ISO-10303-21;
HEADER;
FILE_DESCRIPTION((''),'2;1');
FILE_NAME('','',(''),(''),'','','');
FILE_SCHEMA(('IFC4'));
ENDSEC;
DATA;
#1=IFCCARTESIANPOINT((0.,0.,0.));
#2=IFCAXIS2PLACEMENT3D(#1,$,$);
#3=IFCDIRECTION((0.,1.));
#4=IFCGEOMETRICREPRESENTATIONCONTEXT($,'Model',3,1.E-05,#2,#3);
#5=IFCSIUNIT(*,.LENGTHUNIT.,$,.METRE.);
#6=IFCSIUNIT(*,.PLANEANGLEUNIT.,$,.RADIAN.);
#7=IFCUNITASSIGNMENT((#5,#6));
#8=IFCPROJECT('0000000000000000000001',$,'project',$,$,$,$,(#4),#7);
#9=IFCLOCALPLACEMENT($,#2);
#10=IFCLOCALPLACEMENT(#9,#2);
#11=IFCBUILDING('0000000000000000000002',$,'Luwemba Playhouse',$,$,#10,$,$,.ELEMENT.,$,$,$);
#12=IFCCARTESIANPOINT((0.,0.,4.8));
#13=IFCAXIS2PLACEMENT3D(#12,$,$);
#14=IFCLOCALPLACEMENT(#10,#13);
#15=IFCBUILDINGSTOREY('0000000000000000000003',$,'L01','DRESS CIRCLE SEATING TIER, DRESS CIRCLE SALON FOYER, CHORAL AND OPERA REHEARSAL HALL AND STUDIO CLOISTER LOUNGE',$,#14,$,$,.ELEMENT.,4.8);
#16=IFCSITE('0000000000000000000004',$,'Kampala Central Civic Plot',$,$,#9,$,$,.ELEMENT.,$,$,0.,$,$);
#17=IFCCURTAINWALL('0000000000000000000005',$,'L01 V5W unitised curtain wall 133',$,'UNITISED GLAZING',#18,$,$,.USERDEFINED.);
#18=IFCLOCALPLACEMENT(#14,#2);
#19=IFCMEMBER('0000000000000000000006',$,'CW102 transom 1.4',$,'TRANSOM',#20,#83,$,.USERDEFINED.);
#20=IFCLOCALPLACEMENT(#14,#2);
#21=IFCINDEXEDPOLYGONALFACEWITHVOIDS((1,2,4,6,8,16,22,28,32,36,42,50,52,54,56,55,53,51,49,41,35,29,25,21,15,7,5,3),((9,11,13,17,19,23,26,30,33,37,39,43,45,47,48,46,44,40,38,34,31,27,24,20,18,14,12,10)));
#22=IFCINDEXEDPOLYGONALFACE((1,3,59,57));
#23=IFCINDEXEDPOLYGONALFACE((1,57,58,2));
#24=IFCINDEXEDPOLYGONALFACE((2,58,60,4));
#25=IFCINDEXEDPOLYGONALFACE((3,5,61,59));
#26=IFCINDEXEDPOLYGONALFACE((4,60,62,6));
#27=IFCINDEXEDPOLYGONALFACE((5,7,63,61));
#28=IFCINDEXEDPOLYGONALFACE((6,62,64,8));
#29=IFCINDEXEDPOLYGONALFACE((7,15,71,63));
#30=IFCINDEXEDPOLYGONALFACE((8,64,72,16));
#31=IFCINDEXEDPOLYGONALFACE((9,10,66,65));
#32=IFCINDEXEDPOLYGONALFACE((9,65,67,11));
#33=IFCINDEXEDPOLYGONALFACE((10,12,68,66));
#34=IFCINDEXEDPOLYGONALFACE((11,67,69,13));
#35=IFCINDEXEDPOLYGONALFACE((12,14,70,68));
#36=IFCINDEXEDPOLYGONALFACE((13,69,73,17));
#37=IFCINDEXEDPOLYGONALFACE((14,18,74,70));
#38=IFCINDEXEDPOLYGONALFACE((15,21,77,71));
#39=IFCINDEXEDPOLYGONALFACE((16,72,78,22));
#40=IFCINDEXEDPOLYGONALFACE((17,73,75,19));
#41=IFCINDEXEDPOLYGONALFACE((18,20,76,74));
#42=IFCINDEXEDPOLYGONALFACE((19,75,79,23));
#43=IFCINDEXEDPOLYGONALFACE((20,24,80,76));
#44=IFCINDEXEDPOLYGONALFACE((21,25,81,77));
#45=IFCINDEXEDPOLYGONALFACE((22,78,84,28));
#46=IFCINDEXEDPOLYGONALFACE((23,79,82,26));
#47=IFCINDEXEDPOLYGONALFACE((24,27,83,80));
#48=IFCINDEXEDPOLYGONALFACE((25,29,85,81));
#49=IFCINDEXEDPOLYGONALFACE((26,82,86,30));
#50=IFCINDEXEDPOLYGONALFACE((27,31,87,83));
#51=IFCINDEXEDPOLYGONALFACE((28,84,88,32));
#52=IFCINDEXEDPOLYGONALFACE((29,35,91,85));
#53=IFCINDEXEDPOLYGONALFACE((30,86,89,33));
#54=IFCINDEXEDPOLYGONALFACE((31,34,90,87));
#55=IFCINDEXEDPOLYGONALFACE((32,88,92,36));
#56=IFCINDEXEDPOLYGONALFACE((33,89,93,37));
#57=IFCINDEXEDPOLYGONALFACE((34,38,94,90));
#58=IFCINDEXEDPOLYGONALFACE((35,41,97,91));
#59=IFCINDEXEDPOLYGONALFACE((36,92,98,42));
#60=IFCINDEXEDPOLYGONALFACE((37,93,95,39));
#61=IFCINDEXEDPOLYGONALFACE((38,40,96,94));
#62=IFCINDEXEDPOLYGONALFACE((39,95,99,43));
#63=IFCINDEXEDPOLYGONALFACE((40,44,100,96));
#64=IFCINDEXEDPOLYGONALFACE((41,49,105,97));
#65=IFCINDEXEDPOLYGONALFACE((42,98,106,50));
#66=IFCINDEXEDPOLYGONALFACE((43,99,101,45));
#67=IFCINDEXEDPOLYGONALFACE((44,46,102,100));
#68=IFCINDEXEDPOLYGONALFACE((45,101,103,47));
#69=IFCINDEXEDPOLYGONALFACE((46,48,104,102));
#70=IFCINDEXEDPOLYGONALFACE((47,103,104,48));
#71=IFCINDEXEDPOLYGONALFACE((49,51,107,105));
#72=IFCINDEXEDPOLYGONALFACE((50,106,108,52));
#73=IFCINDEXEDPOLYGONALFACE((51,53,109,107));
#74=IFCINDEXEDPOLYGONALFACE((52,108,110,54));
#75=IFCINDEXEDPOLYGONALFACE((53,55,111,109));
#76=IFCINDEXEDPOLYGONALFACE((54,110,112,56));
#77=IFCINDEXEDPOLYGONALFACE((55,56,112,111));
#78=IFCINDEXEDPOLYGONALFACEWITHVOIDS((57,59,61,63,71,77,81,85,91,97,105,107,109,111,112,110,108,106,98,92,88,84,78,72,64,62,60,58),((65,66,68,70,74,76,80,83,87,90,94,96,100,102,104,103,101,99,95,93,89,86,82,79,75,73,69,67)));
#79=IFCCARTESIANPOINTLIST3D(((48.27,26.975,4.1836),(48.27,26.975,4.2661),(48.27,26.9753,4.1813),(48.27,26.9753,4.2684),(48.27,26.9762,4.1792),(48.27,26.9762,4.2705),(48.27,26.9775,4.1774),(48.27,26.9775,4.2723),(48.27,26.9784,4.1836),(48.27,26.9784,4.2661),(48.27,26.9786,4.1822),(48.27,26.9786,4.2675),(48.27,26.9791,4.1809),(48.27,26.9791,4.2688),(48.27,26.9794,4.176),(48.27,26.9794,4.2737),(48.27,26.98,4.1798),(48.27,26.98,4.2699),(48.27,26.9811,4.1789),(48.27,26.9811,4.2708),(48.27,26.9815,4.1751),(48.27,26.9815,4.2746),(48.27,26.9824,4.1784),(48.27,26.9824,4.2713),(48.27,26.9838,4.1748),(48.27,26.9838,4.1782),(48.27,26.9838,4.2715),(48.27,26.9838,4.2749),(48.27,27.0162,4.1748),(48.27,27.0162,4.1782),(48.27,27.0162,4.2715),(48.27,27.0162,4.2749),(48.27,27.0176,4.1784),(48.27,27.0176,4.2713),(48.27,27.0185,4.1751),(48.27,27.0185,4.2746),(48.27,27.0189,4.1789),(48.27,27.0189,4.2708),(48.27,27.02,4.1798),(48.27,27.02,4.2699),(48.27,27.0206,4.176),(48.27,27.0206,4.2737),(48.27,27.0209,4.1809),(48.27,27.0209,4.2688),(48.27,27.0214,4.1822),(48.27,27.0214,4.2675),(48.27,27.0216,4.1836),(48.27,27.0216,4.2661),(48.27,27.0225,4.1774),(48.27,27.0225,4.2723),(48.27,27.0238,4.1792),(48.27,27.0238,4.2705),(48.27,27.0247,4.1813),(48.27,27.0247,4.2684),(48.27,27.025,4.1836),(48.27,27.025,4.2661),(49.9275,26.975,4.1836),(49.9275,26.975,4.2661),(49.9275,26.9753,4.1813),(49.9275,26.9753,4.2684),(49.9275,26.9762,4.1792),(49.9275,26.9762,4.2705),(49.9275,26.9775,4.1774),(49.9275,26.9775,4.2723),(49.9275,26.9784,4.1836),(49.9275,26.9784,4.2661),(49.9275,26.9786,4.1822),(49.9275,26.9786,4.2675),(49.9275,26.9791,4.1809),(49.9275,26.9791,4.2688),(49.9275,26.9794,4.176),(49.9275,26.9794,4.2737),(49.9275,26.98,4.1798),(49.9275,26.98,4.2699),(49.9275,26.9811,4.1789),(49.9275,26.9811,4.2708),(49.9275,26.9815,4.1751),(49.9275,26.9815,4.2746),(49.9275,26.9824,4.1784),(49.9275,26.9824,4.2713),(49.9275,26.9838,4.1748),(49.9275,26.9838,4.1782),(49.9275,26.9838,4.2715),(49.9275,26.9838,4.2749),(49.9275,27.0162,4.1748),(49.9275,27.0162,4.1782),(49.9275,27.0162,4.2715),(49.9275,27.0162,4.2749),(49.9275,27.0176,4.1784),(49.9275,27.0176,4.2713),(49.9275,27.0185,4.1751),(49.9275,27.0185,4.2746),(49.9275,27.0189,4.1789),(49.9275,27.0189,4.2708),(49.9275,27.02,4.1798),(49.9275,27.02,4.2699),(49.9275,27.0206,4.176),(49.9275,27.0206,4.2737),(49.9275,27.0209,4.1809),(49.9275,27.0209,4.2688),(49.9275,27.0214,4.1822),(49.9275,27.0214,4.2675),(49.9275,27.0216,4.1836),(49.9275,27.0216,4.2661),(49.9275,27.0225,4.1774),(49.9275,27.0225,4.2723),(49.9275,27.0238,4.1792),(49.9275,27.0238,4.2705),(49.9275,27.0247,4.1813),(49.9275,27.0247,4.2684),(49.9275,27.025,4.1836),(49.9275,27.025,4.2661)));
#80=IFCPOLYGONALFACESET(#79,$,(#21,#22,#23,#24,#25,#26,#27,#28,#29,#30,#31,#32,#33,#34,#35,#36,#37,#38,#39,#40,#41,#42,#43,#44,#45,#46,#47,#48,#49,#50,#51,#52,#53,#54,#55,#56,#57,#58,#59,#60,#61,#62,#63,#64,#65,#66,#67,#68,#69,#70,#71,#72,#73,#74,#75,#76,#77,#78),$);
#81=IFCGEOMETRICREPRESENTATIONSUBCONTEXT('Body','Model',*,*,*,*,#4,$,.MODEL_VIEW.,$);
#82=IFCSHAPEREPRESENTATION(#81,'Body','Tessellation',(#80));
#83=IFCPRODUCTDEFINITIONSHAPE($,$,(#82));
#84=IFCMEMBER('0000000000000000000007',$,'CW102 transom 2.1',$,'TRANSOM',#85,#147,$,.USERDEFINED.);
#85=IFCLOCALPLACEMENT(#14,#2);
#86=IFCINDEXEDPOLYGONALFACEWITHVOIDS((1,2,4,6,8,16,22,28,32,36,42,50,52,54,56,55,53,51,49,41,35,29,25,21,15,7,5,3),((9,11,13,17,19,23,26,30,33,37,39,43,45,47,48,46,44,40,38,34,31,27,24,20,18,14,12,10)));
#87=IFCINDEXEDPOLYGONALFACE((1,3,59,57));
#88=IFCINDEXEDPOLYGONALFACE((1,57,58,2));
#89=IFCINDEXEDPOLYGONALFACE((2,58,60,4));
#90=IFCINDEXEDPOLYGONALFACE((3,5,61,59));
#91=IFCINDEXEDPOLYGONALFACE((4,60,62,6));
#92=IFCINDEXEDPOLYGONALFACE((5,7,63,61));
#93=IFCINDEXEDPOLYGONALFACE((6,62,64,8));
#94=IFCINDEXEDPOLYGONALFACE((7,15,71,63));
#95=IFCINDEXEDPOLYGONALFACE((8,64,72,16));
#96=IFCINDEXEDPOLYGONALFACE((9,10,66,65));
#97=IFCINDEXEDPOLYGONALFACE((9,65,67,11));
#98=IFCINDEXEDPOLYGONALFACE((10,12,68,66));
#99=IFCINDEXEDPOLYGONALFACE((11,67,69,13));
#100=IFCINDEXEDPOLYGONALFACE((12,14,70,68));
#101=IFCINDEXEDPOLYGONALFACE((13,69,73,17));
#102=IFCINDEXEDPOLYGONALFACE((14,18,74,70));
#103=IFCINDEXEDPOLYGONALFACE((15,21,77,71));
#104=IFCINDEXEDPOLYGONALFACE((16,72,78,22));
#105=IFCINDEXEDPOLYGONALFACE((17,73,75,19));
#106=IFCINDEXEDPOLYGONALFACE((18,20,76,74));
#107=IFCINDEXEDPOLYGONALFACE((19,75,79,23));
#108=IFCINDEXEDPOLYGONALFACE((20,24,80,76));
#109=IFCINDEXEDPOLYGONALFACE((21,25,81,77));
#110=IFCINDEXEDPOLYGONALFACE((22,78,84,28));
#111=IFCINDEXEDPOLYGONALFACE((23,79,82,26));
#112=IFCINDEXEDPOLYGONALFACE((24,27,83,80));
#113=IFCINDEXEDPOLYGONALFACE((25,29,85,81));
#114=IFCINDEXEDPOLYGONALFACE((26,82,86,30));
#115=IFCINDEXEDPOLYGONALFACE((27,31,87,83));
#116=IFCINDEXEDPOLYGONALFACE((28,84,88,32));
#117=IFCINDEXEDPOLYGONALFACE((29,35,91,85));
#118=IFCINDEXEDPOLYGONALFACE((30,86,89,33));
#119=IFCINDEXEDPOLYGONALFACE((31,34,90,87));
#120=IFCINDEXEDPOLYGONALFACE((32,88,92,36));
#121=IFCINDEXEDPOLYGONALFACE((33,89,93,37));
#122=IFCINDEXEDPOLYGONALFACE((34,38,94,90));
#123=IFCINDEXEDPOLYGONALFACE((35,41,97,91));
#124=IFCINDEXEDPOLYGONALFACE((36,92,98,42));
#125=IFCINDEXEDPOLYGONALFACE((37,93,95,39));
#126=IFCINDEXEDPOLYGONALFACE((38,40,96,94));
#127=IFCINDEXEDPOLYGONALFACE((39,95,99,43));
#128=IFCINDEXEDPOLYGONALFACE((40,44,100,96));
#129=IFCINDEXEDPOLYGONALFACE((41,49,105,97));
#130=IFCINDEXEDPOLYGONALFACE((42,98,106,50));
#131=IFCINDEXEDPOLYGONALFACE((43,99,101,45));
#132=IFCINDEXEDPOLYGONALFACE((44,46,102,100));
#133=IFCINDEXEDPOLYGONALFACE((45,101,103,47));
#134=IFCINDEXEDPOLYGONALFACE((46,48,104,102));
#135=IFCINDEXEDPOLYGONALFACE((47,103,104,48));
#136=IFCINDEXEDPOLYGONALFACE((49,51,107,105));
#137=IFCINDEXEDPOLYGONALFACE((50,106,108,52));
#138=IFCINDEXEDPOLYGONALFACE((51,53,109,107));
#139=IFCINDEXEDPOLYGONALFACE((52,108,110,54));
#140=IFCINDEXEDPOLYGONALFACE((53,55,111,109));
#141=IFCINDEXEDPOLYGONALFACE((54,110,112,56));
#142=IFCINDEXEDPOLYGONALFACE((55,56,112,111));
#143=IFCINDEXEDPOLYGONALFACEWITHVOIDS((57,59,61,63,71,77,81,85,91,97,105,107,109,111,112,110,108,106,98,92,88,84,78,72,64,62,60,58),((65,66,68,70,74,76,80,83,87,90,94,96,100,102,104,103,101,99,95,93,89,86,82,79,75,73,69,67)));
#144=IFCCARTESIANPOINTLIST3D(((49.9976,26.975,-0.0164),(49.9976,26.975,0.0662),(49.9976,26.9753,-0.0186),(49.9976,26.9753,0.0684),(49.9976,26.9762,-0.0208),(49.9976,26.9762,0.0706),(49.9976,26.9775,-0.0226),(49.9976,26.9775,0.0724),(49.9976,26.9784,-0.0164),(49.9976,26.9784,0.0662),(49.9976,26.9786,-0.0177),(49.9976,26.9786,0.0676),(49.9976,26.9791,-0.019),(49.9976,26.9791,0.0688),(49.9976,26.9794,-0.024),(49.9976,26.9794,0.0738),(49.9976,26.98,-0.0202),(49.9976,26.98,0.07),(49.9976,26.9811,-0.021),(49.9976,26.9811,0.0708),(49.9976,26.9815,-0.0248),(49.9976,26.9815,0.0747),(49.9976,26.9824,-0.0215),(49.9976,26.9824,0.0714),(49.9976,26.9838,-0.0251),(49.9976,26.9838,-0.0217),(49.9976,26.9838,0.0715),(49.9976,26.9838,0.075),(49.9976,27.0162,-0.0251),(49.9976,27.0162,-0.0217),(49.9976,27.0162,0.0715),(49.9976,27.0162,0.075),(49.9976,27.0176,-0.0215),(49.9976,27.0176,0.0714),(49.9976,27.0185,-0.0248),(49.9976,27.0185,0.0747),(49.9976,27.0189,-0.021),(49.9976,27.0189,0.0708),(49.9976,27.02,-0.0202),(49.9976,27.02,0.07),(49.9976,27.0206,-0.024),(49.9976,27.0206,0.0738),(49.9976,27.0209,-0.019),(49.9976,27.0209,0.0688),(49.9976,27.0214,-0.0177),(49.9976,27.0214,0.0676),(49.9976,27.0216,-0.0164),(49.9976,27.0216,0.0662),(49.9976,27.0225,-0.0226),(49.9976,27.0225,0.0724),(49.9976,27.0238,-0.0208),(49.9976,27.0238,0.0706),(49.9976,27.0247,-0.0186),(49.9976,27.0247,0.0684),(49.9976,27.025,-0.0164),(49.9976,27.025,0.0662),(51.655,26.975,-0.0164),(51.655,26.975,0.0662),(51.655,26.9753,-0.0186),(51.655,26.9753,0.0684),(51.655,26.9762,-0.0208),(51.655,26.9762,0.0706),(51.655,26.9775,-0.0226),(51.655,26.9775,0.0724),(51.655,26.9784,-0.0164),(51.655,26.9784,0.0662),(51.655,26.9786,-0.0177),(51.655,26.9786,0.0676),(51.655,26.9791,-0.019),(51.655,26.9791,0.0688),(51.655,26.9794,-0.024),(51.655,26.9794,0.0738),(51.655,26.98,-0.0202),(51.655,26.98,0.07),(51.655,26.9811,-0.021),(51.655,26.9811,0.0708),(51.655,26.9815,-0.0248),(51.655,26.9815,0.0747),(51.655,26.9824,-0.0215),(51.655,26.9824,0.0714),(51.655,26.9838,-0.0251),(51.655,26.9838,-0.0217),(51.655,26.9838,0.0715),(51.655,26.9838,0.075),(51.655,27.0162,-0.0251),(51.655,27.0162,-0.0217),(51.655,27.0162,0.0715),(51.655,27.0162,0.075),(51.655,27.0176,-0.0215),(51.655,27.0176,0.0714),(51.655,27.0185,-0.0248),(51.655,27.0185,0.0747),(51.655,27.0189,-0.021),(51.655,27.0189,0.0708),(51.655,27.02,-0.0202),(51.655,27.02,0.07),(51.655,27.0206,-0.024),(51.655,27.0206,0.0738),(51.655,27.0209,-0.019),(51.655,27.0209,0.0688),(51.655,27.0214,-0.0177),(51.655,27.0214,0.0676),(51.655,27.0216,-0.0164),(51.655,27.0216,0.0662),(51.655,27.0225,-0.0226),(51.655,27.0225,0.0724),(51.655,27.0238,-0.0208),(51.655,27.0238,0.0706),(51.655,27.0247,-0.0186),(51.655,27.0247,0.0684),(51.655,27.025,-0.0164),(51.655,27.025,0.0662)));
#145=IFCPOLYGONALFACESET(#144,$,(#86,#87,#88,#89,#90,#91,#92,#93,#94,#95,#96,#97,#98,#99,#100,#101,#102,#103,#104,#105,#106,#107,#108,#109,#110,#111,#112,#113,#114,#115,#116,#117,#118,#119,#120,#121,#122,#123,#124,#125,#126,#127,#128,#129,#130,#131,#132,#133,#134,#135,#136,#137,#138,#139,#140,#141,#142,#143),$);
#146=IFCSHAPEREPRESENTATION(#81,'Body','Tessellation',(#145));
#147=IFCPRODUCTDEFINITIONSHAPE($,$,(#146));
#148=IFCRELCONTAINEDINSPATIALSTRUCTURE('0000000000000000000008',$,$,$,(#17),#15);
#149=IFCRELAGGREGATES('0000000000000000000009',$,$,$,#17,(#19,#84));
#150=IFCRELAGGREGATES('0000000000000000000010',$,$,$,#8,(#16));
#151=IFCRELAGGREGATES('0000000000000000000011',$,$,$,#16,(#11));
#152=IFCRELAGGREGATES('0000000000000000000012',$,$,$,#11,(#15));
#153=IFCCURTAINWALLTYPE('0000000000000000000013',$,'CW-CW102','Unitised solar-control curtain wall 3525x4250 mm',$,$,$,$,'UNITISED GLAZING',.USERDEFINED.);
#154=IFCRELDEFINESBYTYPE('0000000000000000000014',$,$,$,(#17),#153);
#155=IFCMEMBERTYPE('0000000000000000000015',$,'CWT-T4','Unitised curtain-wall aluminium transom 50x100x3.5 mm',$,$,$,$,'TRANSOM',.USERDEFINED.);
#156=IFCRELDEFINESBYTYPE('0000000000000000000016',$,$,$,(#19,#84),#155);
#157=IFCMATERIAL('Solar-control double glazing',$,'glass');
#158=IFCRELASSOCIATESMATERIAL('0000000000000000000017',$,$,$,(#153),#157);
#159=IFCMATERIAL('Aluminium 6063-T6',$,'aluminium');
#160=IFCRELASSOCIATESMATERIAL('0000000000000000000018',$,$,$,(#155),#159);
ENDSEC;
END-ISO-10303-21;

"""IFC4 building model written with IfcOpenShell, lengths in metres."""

from ifc_helpers import new_model, si_unit, direction, frame, origin, origin_2d, place, context, subcontext, project, spatial, hollow_rectangle, extrude, material, material_profile, profile_set, type_object, element, aggregate, save


model = new_model("IFC4")

# Units and contexts
model_context = context("Model", 3, precision=1e-05, world=origin(), true_north=direction((0.0, 1.0)))
body_context = subcontext(model_context, "Body", "Model", "MODEL_VIEW")
ifc_project = project(units=[si_unit("LENGTHUNIT", "METRE"), si_unit("PLANEANGLEUNIT", "RADIAN")], contexts=[model_context])

# Site, building, storey
site_placement = place(None, origin())
site = spatial("IfcSite", under=ifc_project, at=site_placement, Name="Kampala Central Civic Plot", CompositionType="ELEMENT", RefElevation=0.0)
building_placement = place(site_placement, origin())
building = spatial("IfcBuilding", under=site, at=building_placement, Name="Luwemba Playhouse", CompositionType="ELEMENT")
storey_placement = place(building_placement, frame((0.0, 0.0, 4.8)))
storey = spatial("IfcBuildingStorey", under=building, at=storey_placement, Name="L01", Description="DRESS CIRCLE SEATING TIER, DRESS CIRCLE SALON FOYER, CHORAL AND OPERA REHEARSAL HALL AND STUDIO CLOISTER LOUNGE", CompositionType="ELEMENT", Elevation=4.8)

# Shared definitions
ifc_material_1 = material(Name="Solar-control double glazing", Category="glass")
ifc_material_2 = material(Name="Aluminium 6063-T6", Category="aluminium")

# Curtain wall
curtain_wall_type_1 = type_object("IfcCurtainWallType", Name="CW-CW102", Description="Unitised solar-control curtain wall 3525x4250 mm", ElementType="UNITISED GLAZING", PredefinedType="USERDEFINED", material=ifc_material_1)
curtain_wall_1_placement = place(storey_placement, origin())
curtain_wall_1 = element("IfcCurtainWall", 1, at=curtain_wall_1_placement, inside=storey, type_object=curtain_wall_type_1, Name="L01 V5W unitised curtain wall 133", ObjectType="UNITISED GLAZING", PredefinedType="USERDEFINED")

# Members
ifc_material_profile_1 = material_profile(ifc_material_2, hollow_rectangle(XDim=0.05, YDim=0.1001, WallThickness=0.0034, InnerFilletRadius=0.0054, OuterFilletRadius=0.0088, at=origin_2d()))
ifc_profile_set_1 = profile_set([ifc_material_profile_1], Name="Aluminium 6063-T6")
member_type_1 = type_object("IfcMemberType", Name="CWT-T4", Description="Unitised curtain-wall aluminium transom 50x100x3.5 mm", ElementType="TRANSOM", PredefinedType="USERDEFINED", material=ifc_profile_set_1)
member_1_placement = place(storey_placement, frame((48.27, 27.0, 4.2249), z_axis=(1.0, 0.0, 0.0), x_axis=(0.0, 1.0, 0.0)))
member_1 = element("IfcMember", 2, at=member_1_placement, type_object=member_type_1, Name="CW102 transom 1.4", ObjectType="TRANSOM", PredefinedType="USERDEFINED", context=body_context, shape_type="SweptSolid", body=[
    extrude(hollow_rectangle(XDim=0.05, YDim=0.1001, WallThickness=0.0034, InnerFilletRadius=0.0054, OuterFilletRadius=0.0088, at=origin_2d()), origin(), (0.0, 0.0, 1.0), 1.6575),
])
member_2_placement = place(storey_placement, frame((49.9976, 27.0, 0.0249), z_axis=(1.0, 0.0, 0.0), x_axis=(0.0, 1.0, 0.0)))
member_2 = element("IfcMember", 3, at=member_2_placement, type_object=member_type_1, Name="CW102 transom 2.1", ObjectType="TRANSOM", PredefinedType="USERDEFINED", context=body_context, shape_type="SweptSolid", body=[
    extrude(hollow_rectangle(XDim=0.05, YDim=0.1001, WallThickness=0.0034, InnerFilletRadius=0.0054, OuterFilletRadius=0.0088, at=origin_2d()), origin(), (0.0, 0.0, 1.0), 1.6575),
])

aggregate(curtain_wall_1, [member_1, member_2])

save(model, "model.ifc")
